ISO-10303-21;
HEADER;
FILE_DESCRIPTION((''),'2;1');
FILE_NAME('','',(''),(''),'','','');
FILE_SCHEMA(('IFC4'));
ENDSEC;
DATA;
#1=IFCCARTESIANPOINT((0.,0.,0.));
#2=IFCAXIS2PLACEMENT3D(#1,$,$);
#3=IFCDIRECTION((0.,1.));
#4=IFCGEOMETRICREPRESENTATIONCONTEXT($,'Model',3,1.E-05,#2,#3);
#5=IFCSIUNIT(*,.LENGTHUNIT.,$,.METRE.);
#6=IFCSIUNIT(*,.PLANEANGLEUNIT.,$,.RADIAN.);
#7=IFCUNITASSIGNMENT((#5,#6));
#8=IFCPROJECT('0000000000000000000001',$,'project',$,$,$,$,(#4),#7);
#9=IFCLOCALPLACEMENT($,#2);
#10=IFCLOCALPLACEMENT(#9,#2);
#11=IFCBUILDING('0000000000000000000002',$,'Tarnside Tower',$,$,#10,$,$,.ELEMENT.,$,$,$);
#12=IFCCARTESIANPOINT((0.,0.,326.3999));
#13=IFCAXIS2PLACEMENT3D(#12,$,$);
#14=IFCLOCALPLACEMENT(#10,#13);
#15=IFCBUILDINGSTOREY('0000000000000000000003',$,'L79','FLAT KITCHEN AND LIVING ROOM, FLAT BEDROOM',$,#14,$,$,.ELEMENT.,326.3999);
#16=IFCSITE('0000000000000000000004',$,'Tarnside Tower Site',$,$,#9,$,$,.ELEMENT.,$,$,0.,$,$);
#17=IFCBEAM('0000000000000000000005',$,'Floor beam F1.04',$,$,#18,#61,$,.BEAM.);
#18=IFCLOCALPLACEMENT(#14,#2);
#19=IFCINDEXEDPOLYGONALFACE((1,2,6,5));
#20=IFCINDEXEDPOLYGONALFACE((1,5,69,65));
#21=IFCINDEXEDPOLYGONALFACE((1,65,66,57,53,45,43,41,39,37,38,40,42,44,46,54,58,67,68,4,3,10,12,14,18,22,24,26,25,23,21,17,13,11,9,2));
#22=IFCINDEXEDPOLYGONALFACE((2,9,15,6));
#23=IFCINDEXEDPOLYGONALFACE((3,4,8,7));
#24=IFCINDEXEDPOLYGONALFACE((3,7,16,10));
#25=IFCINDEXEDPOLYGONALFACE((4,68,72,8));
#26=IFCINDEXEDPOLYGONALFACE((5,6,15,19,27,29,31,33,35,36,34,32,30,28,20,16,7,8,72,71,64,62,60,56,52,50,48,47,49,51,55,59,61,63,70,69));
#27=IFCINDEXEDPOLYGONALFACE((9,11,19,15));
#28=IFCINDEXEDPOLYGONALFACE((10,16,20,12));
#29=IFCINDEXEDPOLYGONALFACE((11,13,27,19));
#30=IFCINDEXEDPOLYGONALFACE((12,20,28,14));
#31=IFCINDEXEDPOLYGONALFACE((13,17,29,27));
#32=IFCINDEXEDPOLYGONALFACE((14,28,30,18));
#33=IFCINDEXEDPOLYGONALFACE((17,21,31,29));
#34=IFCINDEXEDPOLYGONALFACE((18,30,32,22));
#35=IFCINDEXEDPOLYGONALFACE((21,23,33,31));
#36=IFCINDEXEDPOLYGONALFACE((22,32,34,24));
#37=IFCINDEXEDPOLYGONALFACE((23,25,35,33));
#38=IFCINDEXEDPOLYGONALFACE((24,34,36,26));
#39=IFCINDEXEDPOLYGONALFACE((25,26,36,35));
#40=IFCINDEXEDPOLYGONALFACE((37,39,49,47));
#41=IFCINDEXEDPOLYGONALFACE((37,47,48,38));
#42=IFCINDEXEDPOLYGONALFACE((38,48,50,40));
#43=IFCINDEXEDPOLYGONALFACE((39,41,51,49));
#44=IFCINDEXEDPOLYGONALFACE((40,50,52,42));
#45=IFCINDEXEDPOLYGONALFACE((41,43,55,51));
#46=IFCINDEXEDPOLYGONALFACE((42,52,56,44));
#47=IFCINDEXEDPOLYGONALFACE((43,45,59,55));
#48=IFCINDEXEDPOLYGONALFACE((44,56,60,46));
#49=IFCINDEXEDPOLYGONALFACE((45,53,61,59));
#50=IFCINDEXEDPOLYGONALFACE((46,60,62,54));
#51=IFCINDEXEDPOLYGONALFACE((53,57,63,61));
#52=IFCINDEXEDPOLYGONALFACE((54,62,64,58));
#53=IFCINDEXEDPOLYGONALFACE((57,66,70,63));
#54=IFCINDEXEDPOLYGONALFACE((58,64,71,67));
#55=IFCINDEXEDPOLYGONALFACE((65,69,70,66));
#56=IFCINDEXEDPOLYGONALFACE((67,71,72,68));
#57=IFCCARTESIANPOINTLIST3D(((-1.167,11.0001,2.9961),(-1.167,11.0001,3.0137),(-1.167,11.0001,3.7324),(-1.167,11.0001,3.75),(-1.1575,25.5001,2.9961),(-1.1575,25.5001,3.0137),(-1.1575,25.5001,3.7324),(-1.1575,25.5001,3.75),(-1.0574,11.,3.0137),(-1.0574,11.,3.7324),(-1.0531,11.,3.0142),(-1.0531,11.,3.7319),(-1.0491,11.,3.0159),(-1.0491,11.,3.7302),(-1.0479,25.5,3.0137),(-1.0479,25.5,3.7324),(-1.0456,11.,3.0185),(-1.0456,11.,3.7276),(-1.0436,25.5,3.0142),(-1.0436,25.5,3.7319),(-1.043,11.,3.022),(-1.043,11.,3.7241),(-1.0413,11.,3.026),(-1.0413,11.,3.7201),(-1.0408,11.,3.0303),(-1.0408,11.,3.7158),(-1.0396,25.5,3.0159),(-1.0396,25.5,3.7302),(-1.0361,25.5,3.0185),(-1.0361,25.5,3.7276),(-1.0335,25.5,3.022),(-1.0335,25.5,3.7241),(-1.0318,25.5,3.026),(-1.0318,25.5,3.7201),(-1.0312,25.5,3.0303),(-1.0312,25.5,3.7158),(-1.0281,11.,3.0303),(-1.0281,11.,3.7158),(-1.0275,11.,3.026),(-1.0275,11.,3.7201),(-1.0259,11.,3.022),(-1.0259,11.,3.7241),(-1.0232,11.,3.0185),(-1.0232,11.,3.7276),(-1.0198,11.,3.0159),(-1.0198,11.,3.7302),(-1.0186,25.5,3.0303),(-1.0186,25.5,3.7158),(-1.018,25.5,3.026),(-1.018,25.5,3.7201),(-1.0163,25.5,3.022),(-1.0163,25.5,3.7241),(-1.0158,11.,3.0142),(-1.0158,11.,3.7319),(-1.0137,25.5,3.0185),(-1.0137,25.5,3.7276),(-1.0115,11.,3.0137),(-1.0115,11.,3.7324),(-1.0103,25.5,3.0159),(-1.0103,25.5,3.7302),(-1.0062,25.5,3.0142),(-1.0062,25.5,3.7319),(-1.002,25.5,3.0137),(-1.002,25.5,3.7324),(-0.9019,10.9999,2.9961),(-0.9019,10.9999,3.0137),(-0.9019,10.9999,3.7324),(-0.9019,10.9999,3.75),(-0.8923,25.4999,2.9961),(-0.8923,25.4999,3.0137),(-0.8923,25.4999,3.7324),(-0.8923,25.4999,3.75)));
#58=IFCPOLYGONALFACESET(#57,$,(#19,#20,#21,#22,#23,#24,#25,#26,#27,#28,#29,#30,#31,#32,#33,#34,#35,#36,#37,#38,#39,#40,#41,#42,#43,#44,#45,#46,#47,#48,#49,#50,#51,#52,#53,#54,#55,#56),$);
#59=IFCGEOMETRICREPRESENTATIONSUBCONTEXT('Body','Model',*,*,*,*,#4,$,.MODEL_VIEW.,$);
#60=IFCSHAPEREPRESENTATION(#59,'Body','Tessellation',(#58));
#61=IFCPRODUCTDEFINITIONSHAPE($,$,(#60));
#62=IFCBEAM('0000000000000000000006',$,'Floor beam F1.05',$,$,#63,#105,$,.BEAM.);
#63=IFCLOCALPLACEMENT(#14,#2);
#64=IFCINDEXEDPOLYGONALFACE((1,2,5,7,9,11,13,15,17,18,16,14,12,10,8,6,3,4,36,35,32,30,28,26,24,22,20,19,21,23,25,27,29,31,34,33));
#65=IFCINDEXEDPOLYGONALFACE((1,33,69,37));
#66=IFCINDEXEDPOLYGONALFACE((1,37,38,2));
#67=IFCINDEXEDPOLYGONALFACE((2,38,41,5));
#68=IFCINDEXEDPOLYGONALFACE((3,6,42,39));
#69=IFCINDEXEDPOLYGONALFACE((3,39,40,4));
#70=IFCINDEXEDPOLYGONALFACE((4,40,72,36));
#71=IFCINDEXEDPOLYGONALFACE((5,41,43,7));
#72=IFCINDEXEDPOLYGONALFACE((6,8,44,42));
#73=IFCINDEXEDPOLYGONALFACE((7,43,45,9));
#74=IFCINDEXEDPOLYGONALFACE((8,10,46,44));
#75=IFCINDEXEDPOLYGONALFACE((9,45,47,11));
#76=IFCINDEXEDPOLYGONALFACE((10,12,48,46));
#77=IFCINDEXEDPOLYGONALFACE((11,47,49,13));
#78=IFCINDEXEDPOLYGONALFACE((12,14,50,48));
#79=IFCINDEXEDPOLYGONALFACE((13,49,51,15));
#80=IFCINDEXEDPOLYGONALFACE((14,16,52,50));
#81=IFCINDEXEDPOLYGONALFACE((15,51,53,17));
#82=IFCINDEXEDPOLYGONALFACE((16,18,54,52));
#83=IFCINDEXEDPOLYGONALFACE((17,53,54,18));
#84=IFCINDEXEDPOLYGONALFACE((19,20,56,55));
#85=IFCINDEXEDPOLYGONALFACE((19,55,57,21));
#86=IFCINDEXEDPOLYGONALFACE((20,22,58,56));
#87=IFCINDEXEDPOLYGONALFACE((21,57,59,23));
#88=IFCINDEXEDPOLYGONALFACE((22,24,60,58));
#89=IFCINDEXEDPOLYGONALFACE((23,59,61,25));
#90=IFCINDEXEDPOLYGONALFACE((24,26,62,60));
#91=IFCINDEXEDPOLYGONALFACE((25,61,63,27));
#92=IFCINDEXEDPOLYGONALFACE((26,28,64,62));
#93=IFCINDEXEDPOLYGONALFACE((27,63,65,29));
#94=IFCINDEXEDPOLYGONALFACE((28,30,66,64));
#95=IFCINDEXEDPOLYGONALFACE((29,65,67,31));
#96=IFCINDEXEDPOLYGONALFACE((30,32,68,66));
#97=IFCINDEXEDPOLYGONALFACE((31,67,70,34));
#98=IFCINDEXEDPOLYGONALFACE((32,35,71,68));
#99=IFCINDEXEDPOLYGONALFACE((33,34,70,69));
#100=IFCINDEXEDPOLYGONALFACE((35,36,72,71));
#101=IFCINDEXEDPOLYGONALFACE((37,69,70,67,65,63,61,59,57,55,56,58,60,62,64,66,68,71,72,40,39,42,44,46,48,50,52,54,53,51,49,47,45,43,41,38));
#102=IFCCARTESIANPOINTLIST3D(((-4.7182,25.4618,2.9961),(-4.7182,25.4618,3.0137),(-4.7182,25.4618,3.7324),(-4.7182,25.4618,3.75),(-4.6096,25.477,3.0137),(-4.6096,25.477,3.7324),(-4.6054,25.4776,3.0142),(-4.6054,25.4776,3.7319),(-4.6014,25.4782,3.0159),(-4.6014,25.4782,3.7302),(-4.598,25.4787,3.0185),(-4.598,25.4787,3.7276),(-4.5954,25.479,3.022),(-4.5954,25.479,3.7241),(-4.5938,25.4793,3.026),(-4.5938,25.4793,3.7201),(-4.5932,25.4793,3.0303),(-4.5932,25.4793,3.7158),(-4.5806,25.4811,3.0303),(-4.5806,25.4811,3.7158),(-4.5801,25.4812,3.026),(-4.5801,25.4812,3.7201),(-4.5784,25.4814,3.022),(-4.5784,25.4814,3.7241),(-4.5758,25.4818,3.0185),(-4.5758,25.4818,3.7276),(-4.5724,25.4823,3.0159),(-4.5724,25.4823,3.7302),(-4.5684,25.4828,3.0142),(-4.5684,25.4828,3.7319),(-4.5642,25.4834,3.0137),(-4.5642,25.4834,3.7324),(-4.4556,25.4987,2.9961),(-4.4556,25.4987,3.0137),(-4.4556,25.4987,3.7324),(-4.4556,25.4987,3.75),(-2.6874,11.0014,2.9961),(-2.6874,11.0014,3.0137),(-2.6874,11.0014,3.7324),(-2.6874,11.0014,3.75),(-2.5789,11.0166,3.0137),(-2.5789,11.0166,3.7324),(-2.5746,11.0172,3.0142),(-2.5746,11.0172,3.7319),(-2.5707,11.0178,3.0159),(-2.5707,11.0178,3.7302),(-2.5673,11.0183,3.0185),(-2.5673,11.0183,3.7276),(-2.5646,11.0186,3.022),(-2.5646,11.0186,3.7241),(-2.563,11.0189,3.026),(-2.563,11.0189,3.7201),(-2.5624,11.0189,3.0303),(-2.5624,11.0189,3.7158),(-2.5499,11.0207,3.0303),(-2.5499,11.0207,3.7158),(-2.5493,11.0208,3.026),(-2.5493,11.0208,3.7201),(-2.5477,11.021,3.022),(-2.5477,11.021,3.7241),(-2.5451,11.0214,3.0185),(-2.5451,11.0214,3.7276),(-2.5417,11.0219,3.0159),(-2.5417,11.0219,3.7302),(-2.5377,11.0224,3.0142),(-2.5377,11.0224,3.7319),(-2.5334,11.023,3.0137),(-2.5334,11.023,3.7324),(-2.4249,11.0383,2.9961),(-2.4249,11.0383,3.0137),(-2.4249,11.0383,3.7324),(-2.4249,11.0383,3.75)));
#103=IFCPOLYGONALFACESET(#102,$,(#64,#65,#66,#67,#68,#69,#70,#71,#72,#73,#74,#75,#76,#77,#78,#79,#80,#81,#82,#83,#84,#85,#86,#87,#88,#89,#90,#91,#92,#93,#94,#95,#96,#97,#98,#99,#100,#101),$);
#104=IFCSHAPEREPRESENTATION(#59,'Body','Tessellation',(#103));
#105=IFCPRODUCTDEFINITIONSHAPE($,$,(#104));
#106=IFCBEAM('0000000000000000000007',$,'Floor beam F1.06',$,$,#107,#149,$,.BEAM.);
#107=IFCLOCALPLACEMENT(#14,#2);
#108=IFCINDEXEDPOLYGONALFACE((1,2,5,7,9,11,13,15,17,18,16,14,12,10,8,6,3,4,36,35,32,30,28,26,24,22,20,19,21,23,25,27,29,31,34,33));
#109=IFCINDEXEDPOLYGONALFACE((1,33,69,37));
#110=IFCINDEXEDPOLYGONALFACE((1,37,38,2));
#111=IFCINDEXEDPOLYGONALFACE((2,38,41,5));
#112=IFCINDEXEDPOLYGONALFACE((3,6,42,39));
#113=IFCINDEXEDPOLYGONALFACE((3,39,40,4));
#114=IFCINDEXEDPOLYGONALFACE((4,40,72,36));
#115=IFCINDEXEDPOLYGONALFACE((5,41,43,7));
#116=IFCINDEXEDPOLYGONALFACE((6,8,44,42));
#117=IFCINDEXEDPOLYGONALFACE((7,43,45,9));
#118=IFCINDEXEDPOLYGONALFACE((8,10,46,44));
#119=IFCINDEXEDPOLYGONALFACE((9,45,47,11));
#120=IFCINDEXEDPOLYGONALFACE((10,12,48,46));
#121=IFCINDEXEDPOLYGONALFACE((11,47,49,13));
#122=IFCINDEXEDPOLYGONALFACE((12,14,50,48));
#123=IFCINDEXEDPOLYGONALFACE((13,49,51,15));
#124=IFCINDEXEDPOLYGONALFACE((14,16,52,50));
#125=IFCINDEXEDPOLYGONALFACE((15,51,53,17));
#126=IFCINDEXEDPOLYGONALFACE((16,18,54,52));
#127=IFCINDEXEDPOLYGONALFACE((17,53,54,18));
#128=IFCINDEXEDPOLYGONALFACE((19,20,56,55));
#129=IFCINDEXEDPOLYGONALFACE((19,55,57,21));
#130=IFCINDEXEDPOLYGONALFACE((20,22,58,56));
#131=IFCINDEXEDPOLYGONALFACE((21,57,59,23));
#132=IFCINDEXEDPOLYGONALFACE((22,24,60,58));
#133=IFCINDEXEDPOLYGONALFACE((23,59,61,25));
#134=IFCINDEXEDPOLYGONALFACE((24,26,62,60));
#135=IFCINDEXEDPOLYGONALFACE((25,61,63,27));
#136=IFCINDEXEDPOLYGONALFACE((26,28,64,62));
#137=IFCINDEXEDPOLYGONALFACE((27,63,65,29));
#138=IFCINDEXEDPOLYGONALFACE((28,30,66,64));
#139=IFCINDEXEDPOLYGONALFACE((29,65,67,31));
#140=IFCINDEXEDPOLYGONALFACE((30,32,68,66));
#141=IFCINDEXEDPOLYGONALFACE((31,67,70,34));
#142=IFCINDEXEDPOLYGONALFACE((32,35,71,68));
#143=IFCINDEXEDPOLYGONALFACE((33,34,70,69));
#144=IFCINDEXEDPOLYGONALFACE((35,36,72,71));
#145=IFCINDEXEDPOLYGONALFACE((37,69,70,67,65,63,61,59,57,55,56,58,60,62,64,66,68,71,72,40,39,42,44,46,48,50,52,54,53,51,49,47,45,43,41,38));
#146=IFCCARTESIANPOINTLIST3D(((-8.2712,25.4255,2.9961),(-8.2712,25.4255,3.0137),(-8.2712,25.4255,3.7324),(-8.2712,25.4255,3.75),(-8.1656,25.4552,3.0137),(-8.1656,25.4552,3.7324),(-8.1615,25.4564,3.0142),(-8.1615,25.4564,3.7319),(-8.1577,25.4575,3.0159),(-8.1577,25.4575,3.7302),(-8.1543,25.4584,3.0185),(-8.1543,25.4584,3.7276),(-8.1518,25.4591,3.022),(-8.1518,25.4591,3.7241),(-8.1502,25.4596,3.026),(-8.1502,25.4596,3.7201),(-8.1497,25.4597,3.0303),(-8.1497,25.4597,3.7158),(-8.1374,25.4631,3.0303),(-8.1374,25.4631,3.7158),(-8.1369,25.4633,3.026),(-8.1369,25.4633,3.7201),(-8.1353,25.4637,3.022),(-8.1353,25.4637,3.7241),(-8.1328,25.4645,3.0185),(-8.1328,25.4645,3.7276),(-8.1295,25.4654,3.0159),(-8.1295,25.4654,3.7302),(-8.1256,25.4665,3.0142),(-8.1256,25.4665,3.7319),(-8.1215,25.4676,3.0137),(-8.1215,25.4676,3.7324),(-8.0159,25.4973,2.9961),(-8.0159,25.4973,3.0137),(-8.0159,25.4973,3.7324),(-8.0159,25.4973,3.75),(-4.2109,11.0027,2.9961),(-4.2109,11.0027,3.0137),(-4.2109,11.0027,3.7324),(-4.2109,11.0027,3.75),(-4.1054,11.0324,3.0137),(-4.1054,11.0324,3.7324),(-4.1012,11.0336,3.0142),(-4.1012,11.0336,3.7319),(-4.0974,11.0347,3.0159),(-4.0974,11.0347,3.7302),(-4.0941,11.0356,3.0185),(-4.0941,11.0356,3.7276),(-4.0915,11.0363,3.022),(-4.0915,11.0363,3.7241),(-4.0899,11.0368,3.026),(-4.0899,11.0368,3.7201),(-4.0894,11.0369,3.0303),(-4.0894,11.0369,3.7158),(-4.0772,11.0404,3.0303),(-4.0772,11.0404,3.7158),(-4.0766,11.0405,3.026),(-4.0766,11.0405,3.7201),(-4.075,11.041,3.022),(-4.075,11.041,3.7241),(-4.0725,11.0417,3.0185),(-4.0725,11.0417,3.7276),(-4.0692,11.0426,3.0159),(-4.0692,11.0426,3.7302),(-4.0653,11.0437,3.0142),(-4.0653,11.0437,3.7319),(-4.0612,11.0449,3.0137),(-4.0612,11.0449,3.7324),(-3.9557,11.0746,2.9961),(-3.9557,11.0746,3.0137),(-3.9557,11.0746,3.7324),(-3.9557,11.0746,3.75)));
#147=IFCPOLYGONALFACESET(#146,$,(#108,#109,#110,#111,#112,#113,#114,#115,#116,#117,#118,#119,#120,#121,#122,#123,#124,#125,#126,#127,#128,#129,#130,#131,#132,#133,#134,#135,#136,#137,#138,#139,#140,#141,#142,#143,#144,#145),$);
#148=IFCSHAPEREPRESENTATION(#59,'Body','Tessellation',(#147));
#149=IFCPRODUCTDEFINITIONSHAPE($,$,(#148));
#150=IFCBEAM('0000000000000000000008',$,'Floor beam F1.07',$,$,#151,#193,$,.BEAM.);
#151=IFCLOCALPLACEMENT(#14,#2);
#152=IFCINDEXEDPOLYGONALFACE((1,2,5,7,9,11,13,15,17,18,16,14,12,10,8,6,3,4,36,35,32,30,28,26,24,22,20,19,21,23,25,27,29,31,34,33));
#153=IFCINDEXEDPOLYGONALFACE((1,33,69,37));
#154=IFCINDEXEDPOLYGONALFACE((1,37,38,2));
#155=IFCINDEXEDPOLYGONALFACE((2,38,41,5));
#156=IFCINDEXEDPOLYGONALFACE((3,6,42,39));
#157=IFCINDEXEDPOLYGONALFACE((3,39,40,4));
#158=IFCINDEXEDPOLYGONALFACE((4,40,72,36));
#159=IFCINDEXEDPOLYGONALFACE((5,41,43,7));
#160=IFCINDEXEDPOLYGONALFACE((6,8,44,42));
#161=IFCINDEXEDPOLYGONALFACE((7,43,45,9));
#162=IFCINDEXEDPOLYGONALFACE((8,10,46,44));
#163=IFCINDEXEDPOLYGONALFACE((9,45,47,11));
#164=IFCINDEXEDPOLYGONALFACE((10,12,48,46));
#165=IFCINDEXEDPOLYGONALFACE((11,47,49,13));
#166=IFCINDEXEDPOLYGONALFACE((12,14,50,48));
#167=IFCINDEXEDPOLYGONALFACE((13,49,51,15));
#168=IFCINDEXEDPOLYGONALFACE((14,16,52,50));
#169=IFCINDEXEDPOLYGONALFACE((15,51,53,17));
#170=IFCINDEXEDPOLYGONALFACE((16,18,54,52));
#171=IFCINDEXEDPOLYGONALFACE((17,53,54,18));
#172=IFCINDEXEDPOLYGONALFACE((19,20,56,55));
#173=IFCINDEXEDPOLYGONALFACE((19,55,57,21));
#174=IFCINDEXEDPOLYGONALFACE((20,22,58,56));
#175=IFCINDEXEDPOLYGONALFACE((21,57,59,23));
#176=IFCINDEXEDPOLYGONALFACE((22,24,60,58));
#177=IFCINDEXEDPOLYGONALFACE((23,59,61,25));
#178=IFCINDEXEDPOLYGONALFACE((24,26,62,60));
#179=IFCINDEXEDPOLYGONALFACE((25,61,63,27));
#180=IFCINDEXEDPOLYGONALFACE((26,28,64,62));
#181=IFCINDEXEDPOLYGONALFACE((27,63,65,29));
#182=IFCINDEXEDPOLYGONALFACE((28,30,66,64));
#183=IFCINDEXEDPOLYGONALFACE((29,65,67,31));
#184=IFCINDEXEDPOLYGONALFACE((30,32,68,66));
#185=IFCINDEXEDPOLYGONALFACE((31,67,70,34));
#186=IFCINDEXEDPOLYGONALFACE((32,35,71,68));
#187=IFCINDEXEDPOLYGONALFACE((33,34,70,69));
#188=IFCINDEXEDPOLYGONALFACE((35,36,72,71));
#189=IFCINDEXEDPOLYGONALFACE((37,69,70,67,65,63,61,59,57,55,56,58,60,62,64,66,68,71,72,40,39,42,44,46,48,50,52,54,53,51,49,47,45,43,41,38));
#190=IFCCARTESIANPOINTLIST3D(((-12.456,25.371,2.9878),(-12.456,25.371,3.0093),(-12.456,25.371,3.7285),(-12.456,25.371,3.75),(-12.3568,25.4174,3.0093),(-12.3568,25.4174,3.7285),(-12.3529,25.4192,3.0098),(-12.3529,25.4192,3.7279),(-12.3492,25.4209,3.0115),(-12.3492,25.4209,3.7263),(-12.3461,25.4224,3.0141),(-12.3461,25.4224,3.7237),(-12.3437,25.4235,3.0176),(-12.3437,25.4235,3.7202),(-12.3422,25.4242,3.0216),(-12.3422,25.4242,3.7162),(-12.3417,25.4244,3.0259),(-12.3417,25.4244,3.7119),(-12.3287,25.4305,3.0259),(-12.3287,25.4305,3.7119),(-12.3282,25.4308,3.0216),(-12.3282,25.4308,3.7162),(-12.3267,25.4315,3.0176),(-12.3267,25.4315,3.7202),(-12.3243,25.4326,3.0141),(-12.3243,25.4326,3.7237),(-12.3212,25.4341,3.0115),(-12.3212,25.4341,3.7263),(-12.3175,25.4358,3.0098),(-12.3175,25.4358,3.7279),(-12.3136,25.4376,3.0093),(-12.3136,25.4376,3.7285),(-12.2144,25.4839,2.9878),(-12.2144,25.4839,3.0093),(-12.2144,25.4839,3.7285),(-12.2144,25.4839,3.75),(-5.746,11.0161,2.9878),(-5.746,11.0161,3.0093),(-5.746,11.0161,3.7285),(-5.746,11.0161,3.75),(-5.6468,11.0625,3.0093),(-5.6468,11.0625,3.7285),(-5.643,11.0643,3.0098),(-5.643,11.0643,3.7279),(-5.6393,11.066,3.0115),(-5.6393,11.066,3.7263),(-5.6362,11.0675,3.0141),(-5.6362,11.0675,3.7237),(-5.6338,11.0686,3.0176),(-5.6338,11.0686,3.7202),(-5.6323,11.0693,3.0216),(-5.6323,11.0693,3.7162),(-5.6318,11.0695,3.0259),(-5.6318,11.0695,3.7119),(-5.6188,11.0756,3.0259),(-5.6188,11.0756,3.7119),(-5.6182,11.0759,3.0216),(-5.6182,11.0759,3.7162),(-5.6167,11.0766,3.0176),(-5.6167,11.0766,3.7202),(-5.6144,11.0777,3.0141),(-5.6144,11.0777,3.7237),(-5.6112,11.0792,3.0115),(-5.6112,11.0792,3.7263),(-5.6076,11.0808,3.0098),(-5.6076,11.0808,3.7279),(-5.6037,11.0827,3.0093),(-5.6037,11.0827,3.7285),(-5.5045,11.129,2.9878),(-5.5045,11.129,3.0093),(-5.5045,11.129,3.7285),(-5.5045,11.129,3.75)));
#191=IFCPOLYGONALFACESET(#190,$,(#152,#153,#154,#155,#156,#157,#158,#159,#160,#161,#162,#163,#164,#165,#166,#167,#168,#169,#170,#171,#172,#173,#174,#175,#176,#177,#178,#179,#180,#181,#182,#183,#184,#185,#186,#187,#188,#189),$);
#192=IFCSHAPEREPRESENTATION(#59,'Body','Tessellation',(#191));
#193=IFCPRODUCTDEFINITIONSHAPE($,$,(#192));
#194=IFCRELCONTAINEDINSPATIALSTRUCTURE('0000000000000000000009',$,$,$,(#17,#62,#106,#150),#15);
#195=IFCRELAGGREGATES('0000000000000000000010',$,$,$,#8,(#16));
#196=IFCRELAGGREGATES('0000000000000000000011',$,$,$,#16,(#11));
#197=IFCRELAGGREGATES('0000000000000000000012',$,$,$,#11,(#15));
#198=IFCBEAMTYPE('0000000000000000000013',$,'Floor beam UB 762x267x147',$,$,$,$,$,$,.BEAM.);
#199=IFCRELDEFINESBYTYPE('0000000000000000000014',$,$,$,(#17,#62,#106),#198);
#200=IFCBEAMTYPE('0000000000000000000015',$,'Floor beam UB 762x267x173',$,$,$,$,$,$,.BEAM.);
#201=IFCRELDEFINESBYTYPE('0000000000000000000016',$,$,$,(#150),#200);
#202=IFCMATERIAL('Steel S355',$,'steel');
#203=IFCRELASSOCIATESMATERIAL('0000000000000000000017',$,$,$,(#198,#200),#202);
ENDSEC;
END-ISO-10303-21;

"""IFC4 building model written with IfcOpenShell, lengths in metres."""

from ifc_helpers import new_model, si_unit, direction, frame, origin, origin_2d, place, context, subcontext, project, spatial, i_section, extrude, material, material_profile, profile_set, type_object, element, save


model = new_model("IFC4")

# Units and contexts
model_context = context("Model", 3, precision=1e-05, world=origin(), true_north=direction((0.0, 1.0)))
body_context = subcontext(model_context, "Body", "Model", "MODEL_VIEW")
ifc_project = project(units=[si_unit("LENGTHUNIT", "METRE"), si_unit("PLANEANGLEUNIT", "RADIAN")], contexts=[model_context])

# Site, building, storey
site_placement = place(None, origin())
site = spatial("IfcSite", under=ifc_project, at=site_placement, Name="Tarnside Tower Site", CompositionType="ELEMENT", RefElevation=0.0)
building_placement = place(site_placement, origin())
building = spatial("IfcBuilding", under=site, at=building_placement, Name="Tarnside Tower", CompositionType="ELEMENT")
storey_placement = place(building_placement, frame((0.0, 0.0, 326.3999)))
storey = spatial("IfcBuildingStorey", under=building, at=storey_placement, Name="L79", Description="FLAT KITCHEN AND LIVING ROOM, FLAT BEDROOM", CompositionType="ELEMENT", Elevation=326.3999)

# Beams
ifc_material_1 = material(Name="Steel S355", Category="steel")
ifc_material_profile_1 = material_profile(ifc_material_1, i_section(OverallWidth=0.2651, OverallDepth=0.7539, WebThickness=0.0127, FlangeThickness=0.0176, FilletRadius=0.0166, at=origin_2d()), Name="UB 762x267x147")
ifc_profile_set_1 = profile_set([ifc_material_profile_1], Name="Steel S355")
beam_type_1 = type_object("IfcBeamType", Name="Floor beam UB 762x267x147", PredefinedType="BEAM", material=ifc_profile_set_1)
beam_1_placement = place(storey_placement, frame((-1.0249, 25.5, 3.373), z_axis=(-0.000657, -1.0, 0.0), x_axis=(1.0, -0.000657, 0.0)))
element("IfcBeam", 1, at=beam_1_placement, inside=storey, type_object=beam_type_1, Name="Floor beam F1.04", PredefinedType="BEAM", context=body_context, shape_type="SweptSolid", body=[
    extrude(i_section(OverallWidth=0.2651, OverallDepth=0.7539, WebThickness=0.0127, FlangeThickness=0.0176, FilletRadius=0.0166, at=origin_2d()), origin(), (0.0, 0.0, 1.0), 14.5),
])
beam_2_placement = place(storey_placement, frame((-4.5869, 25.4802, 3.373), z_axis=(0.139071, -0.990282, 0.0), x_axis=(0.990282, 0.139071, 0.0)))
element("IfcBeam", 2, at=beam_2_placement, inside=storey, type_object=beam_type_1, Name="Floor beam F1.05", PredefinedType="BEAM", context=body_context, shape_type="SweptSolid", body=[
    extrude(i_section(OverallWidth=0.2651, OverallDepth=0.7539, WebThickness=0.0127, FlangeThickness=0.0176, FilletRadius=0.0166, at=origin_2d()), origin(), (0.0, 0.0, 1.0), 14.6023),
])
beam_3_placement = place(storey_placement, frame((-8.1436, 25.4614, 3.373), z_axis=(0.270985, -0.962583, 0.0), x_axis=(0.962583, 0.270985, 0.0)))
element("IfcBeam", 3, at=beam_3_placement, inside=storey, type_object=beam_type_1, Name="Floor beam F1.06", PredefinedType="BEAM", context=body_context, shape_type="SweptSolid", body=[
    extrude(i_section(OverallWidth=0.2651, OverallDepth=0.7539, WebThickness=0.0127, FlangeThickness=0.0176, FilletRadius=0.0166, at=origin_2d()), origin(), (0.0, 0.0, 1.0), 14.9834),
])
ifc_material_profile_2 = material_profile(ifc_material_1, i_section(OverallWidth=0.2666, OverallDepth=0.7622, WebThickness=0.0144, FlangeThickness=0.0215, FilletRadius=0.0166, at=origin_2d()), Name="UB 762x267x173")
ifc_profile_set_2 = profile_set([ifc_material_profile_2], Name="Steel S355")
beam_type_2 = type_object("IfcBeamType", Name="Floor beam UB 762x267x173", PredefinedType="BEAM", material=ifc_profile_set_2)
beam_4_placement = place(storey_placement, frame((-12.3352, 25.4275, 3.3689), z_axis=(0.423454, -0.905918, 0.0), x_axis=(0.905918, 0.423454, 0.0)))
element("IfcBeam", 4, at=beam_4_placement, inside=storey, type_object=beam_type_2, Name="Floor beam F1.07", PredefinedType="BEAM", context=body_context, shape_type="SweptSolid", body=[
    extrude(i_section(OverallWidth=0.2666, OverallDepth=0.7622, WebThickness=0.0144, FlangeThickness=0.0215, FilletRadius=0.0166, at=origin_2d()), origin(), (0.0, 0.0, 1.0), 15.8457),
])

save(model, "model.ifc")
